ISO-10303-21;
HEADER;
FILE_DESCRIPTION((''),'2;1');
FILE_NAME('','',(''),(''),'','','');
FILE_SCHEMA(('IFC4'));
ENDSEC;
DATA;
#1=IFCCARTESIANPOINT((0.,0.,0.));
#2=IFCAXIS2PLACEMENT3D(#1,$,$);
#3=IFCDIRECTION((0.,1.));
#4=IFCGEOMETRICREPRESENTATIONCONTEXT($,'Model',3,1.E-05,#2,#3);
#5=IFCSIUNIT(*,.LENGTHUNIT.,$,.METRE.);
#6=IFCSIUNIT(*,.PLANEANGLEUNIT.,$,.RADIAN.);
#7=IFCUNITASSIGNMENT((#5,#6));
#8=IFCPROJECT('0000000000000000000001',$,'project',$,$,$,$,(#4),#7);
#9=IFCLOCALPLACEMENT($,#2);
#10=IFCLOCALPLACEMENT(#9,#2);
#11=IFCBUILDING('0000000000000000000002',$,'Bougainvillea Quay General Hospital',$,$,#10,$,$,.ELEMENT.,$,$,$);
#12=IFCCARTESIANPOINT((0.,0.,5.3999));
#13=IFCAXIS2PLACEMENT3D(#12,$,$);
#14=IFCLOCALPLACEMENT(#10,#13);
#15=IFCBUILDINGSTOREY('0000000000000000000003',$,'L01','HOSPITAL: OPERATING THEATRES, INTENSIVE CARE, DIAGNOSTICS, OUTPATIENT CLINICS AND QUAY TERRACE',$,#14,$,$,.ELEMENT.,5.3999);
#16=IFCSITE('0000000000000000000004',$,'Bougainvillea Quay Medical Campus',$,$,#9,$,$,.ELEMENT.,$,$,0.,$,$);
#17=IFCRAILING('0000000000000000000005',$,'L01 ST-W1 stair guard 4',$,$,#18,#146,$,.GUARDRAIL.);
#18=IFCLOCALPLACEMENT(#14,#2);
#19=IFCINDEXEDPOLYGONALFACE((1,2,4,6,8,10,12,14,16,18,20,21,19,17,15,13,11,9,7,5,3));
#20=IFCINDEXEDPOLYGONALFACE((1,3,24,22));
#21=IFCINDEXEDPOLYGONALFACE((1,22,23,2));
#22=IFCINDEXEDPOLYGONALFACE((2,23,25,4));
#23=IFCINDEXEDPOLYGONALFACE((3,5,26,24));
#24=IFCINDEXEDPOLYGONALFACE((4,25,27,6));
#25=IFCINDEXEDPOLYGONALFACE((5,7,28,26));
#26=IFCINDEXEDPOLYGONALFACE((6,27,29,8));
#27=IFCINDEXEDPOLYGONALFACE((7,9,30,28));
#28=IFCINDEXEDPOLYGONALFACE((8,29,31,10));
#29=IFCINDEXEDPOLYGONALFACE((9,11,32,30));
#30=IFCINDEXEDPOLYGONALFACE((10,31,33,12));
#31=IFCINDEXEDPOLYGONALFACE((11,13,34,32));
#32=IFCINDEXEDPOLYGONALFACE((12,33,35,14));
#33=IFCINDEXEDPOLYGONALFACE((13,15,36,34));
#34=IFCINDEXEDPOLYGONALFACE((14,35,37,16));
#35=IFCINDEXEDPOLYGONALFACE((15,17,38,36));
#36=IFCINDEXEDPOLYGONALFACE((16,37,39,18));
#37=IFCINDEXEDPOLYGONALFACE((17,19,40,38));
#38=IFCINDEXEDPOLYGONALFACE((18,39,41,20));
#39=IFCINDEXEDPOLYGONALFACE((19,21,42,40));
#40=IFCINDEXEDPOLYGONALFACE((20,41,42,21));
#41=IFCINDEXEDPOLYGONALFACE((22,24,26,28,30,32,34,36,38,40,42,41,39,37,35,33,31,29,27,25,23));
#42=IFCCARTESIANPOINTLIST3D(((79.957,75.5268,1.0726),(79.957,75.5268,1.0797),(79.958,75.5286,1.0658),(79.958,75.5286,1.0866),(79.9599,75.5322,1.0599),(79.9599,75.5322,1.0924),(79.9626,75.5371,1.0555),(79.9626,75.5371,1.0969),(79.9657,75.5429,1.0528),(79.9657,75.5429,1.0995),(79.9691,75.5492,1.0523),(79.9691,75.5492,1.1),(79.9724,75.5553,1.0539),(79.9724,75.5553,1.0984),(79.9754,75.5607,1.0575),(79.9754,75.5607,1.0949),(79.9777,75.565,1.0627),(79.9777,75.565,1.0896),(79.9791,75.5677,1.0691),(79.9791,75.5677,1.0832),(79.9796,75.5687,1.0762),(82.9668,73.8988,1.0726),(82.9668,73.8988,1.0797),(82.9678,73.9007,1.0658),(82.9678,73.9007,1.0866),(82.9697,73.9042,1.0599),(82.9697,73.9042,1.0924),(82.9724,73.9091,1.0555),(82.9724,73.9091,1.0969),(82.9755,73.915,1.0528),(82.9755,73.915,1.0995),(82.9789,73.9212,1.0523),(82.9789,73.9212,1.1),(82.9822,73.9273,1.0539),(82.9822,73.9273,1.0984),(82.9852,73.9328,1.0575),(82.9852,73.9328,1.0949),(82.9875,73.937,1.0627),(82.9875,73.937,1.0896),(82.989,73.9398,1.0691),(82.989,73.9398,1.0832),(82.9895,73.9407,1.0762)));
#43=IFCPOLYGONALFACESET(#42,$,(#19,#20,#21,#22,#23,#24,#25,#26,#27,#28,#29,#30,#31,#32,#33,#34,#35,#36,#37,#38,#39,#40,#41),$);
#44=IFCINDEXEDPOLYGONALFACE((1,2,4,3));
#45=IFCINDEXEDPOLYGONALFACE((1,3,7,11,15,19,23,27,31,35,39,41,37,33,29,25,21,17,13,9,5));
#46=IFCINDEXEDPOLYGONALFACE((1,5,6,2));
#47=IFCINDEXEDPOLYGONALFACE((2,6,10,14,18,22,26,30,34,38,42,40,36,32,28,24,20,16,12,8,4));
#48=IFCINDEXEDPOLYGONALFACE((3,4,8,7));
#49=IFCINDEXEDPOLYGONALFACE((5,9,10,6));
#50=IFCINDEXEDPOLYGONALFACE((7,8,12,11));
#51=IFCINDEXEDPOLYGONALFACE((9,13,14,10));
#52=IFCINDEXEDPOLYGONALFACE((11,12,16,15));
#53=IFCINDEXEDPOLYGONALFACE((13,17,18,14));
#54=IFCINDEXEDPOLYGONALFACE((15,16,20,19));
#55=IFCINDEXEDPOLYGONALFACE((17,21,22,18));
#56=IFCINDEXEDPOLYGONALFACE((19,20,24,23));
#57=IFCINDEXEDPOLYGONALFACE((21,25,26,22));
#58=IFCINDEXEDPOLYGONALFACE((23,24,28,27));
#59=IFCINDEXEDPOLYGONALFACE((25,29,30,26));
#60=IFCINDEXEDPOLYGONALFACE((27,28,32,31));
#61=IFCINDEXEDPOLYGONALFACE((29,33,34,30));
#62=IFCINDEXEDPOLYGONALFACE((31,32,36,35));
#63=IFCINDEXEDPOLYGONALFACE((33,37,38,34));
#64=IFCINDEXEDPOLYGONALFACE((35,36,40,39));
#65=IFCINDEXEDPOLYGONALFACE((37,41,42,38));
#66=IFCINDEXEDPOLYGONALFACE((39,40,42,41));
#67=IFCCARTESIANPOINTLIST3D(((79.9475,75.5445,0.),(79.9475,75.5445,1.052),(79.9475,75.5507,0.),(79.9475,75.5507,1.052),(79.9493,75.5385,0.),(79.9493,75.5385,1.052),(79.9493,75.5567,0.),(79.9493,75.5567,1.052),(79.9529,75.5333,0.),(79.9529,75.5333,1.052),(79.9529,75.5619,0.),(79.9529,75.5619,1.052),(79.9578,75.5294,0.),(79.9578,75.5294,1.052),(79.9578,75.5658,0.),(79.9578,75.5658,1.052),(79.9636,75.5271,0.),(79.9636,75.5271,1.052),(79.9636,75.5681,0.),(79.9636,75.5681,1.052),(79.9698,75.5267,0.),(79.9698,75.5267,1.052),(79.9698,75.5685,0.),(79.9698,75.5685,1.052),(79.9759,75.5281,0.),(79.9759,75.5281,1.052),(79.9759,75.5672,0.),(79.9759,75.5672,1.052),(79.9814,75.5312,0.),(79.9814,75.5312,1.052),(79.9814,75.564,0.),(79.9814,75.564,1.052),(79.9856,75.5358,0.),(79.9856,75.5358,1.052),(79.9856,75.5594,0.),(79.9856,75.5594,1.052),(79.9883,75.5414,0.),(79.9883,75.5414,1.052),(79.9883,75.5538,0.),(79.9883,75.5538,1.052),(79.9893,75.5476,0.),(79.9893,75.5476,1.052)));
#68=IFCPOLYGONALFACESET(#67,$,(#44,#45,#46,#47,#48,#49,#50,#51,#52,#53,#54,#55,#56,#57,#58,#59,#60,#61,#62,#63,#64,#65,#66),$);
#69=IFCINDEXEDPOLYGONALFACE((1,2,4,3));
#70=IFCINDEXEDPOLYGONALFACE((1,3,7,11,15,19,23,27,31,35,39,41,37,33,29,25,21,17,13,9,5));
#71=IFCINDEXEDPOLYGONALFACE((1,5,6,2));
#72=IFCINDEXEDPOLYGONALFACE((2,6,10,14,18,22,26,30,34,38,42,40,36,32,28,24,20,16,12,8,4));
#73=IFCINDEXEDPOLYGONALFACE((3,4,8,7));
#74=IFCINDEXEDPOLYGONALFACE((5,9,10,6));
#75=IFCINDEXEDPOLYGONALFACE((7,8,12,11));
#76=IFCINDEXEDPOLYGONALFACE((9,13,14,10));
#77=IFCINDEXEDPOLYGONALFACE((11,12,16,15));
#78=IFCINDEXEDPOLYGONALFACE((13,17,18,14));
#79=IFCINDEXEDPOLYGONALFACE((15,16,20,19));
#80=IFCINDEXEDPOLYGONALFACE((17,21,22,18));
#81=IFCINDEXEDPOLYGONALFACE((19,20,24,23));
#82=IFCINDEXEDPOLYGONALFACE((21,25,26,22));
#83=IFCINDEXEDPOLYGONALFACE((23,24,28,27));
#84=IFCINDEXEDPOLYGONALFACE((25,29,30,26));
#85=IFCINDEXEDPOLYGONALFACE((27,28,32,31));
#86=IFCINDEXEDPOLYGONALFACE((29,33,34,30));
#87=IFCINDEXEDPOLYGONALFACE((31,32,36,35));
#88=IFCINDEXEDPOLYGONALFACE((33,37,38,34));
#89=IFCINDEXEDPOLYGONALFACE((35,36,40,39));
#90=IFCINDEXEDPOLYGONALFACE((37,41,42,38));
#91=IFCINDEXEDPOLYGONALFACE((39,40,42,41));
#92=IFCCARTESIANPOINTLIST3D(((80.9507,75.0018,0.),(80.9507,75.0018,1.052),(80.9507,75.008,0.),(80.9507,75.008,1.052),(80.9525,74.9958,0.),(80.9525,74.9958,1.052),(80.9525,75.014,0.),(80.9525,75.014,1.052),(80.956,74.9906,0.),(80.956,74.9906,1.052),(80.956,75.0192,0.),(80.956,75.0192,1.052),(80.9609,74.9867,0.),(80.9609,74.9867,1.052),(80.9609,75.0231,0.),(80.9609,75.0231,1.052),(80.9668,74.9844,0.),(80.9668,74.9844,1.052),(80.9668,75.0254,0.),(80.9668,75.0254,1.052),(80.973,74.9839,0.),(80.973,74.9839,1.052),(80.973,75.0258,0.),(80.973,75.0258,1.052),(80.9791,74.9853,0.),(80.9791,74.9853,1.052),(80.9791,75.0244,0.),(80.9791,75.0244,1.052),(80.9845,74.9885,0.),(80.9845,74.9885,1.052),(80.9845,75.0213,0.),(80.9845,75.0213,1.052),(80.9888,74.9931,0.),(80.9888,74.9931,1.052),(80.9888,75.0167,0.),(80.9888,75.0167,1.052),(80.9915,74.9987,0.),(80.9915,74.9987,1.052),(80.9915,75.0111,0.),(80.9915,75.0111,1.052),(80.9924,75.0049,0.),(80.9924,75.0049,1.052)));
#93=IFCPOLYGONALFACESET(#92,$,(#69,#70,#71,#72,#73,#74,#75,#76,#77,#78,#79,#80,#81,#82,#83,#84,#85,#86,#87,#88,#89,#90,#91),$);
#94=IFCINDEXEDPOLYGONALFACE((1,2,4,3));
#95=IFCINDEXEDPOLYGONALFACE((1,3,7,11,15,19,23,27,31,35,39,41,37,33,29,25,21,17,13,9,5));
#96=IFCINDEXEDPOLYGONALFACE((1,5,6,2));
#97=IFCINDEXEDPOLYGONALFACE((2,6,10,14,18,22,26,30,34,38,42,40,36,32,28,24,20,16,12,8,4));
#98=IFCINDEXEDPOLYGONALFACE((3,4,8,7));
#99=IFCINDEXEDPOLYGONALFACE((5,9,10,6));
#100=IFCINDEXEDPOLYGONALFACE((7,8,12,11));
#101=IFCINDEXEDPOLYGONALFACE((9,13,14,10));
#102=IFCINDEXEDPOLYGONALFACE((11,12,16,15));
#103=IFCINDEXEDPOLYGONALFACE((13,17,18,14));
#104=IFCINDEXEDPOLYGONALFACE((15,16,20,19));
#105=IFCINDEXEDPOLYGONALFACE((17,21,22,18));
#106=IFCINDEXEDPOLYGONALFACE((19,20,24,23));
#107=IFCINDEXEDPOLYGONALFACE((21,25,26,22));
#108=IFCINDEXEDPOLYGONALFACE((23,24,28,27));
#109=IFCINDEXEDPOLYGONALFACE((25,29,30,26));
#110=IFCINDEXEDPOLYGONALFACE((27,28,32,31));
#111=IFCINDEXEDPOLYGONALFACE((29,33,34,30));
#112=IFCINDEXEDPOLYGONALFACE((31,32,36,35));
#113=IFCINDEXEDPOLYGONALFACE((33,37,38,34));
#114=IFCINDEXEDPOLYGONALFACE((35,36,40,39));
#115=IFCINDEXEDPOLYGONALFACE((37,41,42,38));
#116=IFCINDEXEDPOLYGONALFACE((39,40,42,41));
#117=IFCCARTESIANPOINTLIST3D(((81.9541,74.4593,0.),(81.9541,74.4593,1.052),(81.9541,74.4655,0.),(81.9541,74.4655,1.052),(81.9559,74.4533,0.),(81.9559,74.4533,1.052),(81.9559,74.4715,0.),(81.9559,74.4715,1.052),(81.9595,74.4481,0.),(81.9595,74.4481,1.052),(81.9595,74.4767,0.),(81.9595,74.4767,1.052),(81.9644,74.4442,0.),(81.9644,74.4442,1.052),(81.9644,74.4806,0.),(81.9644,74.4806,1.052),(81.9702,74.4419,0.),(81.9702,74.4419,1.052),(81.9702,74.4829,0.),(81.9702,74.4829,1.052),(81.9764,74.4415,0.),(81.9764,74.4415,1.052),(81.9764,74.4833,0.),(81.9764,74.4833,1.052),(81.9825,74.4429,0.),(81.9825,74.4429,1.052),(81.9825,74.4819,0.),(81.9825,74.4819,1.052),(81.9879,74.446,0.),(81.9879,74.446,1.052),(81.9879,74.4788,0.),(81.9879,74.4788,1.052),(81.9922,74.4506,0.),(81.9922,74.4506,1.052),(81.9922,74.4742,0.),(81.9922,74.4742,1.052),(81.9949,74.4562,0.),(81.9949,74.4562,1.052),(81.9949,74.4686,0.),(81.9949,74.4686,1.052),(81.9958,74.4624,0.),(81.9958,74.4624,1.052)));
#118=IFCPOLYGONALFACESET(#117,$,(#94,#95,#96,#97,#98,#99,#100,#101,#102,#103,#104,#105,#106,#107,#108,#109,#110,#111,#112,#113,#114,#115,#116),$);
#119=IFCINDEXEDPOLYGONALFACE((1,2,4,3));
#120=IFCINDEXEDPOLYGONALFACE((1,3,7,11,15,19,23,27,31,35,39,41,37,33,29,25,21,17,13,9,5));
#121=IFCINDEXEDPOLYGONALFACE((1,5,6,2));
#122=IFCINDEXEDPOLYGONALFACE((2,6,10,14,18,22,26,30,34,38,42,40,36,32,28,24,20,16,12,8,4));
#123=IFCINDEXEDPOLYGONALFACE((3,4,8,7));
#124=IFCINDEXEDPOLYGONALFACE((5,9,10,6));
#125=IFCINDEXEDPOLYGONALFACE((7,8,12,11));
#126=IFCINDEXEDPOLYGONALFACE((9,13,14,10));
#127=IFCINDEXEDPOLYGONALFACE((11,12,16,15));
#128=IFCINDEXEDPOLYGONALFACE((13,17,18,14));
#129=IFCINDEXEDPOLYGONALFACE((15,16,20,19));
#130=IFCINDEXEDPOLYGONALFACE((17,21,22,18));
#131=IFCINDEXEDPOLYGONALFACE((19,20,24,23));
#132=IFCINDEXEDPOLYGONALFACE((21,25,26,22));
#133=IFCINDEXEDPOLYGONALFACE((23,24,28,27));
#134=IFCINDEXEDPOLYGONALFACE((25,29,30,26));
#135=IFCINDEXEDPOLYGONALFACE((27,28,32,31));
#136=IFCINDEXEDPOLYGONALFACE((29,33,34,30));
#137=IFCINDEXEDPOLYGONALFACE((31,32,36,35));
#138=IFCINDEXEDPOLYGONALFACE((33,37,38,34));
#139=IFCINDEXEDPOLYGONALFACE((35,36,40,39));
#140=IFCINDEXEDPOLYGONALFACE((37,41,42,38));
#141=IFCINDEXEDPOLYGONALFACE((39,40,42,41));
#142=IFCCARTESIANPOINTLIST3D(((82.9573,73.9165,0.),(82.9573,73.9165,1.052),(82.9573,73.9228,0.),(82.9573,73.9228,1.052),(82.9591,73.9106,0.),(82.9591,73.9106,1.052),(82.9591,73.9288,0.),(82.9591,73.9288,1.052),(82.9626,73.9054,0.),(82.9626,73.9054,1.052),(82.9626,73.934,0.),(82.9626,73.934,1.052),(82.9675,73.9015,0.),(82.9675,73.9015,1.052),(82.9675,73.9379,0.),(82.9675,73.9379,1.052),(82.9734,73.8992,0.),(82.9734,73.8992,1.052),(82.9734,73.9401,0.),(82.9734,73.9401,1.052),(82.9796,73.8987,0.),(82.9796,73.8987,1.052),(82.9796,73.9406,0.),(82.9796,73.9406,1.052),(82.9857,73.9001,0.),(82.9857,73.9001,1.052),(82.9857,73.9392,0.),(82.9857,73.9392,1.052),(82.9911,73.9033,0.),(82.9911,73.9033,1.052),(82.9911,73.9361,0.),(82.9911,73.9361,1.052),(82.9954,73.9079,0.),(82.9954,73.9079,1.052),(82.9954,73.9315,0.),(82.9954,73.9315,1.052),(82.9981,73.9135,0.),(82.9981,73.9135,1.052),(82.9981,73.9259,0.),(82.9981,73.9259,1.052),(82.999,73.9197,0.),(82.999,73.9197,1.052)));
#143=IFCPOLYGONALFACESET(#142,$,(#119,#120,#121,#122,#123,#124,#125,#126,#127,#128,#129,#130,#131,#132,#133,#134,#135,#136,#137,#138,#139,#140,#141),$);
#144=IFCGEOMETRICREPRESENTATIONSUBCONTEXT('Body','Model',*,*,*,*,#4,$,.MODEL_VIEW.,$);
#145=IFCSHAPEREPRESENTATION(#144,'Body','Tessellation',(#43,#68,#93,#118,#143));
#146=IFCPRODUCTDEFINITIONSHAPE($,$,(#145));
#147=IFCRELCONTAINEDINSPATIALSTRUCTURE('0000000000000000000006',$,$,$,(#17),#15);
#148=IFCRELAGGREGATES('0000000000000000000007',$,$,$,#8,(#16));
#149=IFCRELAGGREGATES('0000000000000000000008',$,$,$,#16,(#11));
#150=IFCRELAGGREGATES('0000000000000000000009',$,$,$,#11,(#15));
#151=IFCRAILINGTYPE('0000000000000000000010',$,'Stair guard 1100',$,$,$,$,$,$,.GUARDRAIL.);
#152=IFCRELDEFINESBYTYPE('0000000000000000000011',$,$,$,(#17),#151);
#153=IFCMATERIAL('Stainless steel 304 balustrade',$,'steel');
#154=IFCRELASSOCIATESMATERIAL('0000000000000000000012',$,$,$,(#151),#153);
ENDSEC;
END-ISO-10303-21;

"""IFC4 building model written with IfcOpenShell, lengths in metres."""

from ifc_helpers import new_model, si_unit, direction, frame, origin, origin_2d, place, context, subcontext, project, spatial, circle, extrude, material, type_object, element, save


model = new_model("IFC4")

# Units and contexts
model_context = context("Model", 3, precision=1e-05, world=origin(), true_north=direction((0.0, 1.0)))
body_context = subcontext(model_context, "Body", "Model", "MODEL_VIEW")
ifc_project = project(units=[si_unit("LENGTHUNIT", "METRE"), si_unit("PLANEANGLEUNIT", "RADIAN")], contexts=[model_context])

# Site, building, storey
site_placement = place(None, origin())
site = spatial("IfcSite", under=ifc_project, at=site_placement, Name="Bougainvillea Quay Medical Campus", CompositionType="ELEMENT", RefElevation=0.0)
building_placement = place(site_placement, origin())
building = spatial("IfcBuilding", under=site, at=building_placement, Name="Bougainvillea Quay General Hospital", CompositionType="ELEMENT")
storey_placement = place(building_placement, frame((0.0, 0.0, 5.3999)))
storey = spatial("IfcBuildingStorey", under=building, at=storey_placement, Name="L01", Description="HOSPITAL: OPERATING THEATRES, INTENSIVE CARE, DIAGNOSTICS, OUTPATIENT CLINICS AND QUAY TERRACE", CompositionType="ELEMENT", Elevation=5.3999)

# Railing
ifc_material_1 = material(Name="Stainless steel 304 balustrade", Category="steel")
railing_type_1 = type_object("IfcRailingType", Name="Stair guard 1100", PredefinedType="GUARDRAIL", material=ifc_material_1)
railing_1_placement = place(storey_placement, frame((79.9683, 75.5476, 0.0)))
element("IfcRailing", 1, at=railing_1_placement, inside=storey, type_object=railing_type_1, Name="L01 ST-W1 stair guard 4", PredefinedType="GUARDRAIL", context=body_context, shape_type="SweptSolid", body=[
    extrude(circle(Radius=0.0239, at=origin_2d()), frame((0.0, 0.0, 1.0762), z_axis=(0.879581, -0.47575, 0.0), x_axis=(0.47575, 0.879581, 0.0)), (0.0, 0.0, 1.0), 3.4219),
    extrude(circle(Radius=0.021, at=origin_2d()), origin(), (0.0, 0.0, 1.0), 1.052),
    extrude(circle(Radius=0.021, at=origin_2d()), frame((1.0032, -0.5427, 0.0)), (0.0, 0.0, 1.0), 1.052),
    extrude(circle(Radius=0.021, at=origin_2d()), frame((2.0066, -1.0852, 0.0)), (0.0, 0.0, 1.0), 1.052),
    extrude(circle(Radius=0.021, at=origin_2d()), frame((3.0098, -1.6279, 0.0)), (0.0, 0.0, 1.0), 1.052),
])

save(model, "model.ifc")
